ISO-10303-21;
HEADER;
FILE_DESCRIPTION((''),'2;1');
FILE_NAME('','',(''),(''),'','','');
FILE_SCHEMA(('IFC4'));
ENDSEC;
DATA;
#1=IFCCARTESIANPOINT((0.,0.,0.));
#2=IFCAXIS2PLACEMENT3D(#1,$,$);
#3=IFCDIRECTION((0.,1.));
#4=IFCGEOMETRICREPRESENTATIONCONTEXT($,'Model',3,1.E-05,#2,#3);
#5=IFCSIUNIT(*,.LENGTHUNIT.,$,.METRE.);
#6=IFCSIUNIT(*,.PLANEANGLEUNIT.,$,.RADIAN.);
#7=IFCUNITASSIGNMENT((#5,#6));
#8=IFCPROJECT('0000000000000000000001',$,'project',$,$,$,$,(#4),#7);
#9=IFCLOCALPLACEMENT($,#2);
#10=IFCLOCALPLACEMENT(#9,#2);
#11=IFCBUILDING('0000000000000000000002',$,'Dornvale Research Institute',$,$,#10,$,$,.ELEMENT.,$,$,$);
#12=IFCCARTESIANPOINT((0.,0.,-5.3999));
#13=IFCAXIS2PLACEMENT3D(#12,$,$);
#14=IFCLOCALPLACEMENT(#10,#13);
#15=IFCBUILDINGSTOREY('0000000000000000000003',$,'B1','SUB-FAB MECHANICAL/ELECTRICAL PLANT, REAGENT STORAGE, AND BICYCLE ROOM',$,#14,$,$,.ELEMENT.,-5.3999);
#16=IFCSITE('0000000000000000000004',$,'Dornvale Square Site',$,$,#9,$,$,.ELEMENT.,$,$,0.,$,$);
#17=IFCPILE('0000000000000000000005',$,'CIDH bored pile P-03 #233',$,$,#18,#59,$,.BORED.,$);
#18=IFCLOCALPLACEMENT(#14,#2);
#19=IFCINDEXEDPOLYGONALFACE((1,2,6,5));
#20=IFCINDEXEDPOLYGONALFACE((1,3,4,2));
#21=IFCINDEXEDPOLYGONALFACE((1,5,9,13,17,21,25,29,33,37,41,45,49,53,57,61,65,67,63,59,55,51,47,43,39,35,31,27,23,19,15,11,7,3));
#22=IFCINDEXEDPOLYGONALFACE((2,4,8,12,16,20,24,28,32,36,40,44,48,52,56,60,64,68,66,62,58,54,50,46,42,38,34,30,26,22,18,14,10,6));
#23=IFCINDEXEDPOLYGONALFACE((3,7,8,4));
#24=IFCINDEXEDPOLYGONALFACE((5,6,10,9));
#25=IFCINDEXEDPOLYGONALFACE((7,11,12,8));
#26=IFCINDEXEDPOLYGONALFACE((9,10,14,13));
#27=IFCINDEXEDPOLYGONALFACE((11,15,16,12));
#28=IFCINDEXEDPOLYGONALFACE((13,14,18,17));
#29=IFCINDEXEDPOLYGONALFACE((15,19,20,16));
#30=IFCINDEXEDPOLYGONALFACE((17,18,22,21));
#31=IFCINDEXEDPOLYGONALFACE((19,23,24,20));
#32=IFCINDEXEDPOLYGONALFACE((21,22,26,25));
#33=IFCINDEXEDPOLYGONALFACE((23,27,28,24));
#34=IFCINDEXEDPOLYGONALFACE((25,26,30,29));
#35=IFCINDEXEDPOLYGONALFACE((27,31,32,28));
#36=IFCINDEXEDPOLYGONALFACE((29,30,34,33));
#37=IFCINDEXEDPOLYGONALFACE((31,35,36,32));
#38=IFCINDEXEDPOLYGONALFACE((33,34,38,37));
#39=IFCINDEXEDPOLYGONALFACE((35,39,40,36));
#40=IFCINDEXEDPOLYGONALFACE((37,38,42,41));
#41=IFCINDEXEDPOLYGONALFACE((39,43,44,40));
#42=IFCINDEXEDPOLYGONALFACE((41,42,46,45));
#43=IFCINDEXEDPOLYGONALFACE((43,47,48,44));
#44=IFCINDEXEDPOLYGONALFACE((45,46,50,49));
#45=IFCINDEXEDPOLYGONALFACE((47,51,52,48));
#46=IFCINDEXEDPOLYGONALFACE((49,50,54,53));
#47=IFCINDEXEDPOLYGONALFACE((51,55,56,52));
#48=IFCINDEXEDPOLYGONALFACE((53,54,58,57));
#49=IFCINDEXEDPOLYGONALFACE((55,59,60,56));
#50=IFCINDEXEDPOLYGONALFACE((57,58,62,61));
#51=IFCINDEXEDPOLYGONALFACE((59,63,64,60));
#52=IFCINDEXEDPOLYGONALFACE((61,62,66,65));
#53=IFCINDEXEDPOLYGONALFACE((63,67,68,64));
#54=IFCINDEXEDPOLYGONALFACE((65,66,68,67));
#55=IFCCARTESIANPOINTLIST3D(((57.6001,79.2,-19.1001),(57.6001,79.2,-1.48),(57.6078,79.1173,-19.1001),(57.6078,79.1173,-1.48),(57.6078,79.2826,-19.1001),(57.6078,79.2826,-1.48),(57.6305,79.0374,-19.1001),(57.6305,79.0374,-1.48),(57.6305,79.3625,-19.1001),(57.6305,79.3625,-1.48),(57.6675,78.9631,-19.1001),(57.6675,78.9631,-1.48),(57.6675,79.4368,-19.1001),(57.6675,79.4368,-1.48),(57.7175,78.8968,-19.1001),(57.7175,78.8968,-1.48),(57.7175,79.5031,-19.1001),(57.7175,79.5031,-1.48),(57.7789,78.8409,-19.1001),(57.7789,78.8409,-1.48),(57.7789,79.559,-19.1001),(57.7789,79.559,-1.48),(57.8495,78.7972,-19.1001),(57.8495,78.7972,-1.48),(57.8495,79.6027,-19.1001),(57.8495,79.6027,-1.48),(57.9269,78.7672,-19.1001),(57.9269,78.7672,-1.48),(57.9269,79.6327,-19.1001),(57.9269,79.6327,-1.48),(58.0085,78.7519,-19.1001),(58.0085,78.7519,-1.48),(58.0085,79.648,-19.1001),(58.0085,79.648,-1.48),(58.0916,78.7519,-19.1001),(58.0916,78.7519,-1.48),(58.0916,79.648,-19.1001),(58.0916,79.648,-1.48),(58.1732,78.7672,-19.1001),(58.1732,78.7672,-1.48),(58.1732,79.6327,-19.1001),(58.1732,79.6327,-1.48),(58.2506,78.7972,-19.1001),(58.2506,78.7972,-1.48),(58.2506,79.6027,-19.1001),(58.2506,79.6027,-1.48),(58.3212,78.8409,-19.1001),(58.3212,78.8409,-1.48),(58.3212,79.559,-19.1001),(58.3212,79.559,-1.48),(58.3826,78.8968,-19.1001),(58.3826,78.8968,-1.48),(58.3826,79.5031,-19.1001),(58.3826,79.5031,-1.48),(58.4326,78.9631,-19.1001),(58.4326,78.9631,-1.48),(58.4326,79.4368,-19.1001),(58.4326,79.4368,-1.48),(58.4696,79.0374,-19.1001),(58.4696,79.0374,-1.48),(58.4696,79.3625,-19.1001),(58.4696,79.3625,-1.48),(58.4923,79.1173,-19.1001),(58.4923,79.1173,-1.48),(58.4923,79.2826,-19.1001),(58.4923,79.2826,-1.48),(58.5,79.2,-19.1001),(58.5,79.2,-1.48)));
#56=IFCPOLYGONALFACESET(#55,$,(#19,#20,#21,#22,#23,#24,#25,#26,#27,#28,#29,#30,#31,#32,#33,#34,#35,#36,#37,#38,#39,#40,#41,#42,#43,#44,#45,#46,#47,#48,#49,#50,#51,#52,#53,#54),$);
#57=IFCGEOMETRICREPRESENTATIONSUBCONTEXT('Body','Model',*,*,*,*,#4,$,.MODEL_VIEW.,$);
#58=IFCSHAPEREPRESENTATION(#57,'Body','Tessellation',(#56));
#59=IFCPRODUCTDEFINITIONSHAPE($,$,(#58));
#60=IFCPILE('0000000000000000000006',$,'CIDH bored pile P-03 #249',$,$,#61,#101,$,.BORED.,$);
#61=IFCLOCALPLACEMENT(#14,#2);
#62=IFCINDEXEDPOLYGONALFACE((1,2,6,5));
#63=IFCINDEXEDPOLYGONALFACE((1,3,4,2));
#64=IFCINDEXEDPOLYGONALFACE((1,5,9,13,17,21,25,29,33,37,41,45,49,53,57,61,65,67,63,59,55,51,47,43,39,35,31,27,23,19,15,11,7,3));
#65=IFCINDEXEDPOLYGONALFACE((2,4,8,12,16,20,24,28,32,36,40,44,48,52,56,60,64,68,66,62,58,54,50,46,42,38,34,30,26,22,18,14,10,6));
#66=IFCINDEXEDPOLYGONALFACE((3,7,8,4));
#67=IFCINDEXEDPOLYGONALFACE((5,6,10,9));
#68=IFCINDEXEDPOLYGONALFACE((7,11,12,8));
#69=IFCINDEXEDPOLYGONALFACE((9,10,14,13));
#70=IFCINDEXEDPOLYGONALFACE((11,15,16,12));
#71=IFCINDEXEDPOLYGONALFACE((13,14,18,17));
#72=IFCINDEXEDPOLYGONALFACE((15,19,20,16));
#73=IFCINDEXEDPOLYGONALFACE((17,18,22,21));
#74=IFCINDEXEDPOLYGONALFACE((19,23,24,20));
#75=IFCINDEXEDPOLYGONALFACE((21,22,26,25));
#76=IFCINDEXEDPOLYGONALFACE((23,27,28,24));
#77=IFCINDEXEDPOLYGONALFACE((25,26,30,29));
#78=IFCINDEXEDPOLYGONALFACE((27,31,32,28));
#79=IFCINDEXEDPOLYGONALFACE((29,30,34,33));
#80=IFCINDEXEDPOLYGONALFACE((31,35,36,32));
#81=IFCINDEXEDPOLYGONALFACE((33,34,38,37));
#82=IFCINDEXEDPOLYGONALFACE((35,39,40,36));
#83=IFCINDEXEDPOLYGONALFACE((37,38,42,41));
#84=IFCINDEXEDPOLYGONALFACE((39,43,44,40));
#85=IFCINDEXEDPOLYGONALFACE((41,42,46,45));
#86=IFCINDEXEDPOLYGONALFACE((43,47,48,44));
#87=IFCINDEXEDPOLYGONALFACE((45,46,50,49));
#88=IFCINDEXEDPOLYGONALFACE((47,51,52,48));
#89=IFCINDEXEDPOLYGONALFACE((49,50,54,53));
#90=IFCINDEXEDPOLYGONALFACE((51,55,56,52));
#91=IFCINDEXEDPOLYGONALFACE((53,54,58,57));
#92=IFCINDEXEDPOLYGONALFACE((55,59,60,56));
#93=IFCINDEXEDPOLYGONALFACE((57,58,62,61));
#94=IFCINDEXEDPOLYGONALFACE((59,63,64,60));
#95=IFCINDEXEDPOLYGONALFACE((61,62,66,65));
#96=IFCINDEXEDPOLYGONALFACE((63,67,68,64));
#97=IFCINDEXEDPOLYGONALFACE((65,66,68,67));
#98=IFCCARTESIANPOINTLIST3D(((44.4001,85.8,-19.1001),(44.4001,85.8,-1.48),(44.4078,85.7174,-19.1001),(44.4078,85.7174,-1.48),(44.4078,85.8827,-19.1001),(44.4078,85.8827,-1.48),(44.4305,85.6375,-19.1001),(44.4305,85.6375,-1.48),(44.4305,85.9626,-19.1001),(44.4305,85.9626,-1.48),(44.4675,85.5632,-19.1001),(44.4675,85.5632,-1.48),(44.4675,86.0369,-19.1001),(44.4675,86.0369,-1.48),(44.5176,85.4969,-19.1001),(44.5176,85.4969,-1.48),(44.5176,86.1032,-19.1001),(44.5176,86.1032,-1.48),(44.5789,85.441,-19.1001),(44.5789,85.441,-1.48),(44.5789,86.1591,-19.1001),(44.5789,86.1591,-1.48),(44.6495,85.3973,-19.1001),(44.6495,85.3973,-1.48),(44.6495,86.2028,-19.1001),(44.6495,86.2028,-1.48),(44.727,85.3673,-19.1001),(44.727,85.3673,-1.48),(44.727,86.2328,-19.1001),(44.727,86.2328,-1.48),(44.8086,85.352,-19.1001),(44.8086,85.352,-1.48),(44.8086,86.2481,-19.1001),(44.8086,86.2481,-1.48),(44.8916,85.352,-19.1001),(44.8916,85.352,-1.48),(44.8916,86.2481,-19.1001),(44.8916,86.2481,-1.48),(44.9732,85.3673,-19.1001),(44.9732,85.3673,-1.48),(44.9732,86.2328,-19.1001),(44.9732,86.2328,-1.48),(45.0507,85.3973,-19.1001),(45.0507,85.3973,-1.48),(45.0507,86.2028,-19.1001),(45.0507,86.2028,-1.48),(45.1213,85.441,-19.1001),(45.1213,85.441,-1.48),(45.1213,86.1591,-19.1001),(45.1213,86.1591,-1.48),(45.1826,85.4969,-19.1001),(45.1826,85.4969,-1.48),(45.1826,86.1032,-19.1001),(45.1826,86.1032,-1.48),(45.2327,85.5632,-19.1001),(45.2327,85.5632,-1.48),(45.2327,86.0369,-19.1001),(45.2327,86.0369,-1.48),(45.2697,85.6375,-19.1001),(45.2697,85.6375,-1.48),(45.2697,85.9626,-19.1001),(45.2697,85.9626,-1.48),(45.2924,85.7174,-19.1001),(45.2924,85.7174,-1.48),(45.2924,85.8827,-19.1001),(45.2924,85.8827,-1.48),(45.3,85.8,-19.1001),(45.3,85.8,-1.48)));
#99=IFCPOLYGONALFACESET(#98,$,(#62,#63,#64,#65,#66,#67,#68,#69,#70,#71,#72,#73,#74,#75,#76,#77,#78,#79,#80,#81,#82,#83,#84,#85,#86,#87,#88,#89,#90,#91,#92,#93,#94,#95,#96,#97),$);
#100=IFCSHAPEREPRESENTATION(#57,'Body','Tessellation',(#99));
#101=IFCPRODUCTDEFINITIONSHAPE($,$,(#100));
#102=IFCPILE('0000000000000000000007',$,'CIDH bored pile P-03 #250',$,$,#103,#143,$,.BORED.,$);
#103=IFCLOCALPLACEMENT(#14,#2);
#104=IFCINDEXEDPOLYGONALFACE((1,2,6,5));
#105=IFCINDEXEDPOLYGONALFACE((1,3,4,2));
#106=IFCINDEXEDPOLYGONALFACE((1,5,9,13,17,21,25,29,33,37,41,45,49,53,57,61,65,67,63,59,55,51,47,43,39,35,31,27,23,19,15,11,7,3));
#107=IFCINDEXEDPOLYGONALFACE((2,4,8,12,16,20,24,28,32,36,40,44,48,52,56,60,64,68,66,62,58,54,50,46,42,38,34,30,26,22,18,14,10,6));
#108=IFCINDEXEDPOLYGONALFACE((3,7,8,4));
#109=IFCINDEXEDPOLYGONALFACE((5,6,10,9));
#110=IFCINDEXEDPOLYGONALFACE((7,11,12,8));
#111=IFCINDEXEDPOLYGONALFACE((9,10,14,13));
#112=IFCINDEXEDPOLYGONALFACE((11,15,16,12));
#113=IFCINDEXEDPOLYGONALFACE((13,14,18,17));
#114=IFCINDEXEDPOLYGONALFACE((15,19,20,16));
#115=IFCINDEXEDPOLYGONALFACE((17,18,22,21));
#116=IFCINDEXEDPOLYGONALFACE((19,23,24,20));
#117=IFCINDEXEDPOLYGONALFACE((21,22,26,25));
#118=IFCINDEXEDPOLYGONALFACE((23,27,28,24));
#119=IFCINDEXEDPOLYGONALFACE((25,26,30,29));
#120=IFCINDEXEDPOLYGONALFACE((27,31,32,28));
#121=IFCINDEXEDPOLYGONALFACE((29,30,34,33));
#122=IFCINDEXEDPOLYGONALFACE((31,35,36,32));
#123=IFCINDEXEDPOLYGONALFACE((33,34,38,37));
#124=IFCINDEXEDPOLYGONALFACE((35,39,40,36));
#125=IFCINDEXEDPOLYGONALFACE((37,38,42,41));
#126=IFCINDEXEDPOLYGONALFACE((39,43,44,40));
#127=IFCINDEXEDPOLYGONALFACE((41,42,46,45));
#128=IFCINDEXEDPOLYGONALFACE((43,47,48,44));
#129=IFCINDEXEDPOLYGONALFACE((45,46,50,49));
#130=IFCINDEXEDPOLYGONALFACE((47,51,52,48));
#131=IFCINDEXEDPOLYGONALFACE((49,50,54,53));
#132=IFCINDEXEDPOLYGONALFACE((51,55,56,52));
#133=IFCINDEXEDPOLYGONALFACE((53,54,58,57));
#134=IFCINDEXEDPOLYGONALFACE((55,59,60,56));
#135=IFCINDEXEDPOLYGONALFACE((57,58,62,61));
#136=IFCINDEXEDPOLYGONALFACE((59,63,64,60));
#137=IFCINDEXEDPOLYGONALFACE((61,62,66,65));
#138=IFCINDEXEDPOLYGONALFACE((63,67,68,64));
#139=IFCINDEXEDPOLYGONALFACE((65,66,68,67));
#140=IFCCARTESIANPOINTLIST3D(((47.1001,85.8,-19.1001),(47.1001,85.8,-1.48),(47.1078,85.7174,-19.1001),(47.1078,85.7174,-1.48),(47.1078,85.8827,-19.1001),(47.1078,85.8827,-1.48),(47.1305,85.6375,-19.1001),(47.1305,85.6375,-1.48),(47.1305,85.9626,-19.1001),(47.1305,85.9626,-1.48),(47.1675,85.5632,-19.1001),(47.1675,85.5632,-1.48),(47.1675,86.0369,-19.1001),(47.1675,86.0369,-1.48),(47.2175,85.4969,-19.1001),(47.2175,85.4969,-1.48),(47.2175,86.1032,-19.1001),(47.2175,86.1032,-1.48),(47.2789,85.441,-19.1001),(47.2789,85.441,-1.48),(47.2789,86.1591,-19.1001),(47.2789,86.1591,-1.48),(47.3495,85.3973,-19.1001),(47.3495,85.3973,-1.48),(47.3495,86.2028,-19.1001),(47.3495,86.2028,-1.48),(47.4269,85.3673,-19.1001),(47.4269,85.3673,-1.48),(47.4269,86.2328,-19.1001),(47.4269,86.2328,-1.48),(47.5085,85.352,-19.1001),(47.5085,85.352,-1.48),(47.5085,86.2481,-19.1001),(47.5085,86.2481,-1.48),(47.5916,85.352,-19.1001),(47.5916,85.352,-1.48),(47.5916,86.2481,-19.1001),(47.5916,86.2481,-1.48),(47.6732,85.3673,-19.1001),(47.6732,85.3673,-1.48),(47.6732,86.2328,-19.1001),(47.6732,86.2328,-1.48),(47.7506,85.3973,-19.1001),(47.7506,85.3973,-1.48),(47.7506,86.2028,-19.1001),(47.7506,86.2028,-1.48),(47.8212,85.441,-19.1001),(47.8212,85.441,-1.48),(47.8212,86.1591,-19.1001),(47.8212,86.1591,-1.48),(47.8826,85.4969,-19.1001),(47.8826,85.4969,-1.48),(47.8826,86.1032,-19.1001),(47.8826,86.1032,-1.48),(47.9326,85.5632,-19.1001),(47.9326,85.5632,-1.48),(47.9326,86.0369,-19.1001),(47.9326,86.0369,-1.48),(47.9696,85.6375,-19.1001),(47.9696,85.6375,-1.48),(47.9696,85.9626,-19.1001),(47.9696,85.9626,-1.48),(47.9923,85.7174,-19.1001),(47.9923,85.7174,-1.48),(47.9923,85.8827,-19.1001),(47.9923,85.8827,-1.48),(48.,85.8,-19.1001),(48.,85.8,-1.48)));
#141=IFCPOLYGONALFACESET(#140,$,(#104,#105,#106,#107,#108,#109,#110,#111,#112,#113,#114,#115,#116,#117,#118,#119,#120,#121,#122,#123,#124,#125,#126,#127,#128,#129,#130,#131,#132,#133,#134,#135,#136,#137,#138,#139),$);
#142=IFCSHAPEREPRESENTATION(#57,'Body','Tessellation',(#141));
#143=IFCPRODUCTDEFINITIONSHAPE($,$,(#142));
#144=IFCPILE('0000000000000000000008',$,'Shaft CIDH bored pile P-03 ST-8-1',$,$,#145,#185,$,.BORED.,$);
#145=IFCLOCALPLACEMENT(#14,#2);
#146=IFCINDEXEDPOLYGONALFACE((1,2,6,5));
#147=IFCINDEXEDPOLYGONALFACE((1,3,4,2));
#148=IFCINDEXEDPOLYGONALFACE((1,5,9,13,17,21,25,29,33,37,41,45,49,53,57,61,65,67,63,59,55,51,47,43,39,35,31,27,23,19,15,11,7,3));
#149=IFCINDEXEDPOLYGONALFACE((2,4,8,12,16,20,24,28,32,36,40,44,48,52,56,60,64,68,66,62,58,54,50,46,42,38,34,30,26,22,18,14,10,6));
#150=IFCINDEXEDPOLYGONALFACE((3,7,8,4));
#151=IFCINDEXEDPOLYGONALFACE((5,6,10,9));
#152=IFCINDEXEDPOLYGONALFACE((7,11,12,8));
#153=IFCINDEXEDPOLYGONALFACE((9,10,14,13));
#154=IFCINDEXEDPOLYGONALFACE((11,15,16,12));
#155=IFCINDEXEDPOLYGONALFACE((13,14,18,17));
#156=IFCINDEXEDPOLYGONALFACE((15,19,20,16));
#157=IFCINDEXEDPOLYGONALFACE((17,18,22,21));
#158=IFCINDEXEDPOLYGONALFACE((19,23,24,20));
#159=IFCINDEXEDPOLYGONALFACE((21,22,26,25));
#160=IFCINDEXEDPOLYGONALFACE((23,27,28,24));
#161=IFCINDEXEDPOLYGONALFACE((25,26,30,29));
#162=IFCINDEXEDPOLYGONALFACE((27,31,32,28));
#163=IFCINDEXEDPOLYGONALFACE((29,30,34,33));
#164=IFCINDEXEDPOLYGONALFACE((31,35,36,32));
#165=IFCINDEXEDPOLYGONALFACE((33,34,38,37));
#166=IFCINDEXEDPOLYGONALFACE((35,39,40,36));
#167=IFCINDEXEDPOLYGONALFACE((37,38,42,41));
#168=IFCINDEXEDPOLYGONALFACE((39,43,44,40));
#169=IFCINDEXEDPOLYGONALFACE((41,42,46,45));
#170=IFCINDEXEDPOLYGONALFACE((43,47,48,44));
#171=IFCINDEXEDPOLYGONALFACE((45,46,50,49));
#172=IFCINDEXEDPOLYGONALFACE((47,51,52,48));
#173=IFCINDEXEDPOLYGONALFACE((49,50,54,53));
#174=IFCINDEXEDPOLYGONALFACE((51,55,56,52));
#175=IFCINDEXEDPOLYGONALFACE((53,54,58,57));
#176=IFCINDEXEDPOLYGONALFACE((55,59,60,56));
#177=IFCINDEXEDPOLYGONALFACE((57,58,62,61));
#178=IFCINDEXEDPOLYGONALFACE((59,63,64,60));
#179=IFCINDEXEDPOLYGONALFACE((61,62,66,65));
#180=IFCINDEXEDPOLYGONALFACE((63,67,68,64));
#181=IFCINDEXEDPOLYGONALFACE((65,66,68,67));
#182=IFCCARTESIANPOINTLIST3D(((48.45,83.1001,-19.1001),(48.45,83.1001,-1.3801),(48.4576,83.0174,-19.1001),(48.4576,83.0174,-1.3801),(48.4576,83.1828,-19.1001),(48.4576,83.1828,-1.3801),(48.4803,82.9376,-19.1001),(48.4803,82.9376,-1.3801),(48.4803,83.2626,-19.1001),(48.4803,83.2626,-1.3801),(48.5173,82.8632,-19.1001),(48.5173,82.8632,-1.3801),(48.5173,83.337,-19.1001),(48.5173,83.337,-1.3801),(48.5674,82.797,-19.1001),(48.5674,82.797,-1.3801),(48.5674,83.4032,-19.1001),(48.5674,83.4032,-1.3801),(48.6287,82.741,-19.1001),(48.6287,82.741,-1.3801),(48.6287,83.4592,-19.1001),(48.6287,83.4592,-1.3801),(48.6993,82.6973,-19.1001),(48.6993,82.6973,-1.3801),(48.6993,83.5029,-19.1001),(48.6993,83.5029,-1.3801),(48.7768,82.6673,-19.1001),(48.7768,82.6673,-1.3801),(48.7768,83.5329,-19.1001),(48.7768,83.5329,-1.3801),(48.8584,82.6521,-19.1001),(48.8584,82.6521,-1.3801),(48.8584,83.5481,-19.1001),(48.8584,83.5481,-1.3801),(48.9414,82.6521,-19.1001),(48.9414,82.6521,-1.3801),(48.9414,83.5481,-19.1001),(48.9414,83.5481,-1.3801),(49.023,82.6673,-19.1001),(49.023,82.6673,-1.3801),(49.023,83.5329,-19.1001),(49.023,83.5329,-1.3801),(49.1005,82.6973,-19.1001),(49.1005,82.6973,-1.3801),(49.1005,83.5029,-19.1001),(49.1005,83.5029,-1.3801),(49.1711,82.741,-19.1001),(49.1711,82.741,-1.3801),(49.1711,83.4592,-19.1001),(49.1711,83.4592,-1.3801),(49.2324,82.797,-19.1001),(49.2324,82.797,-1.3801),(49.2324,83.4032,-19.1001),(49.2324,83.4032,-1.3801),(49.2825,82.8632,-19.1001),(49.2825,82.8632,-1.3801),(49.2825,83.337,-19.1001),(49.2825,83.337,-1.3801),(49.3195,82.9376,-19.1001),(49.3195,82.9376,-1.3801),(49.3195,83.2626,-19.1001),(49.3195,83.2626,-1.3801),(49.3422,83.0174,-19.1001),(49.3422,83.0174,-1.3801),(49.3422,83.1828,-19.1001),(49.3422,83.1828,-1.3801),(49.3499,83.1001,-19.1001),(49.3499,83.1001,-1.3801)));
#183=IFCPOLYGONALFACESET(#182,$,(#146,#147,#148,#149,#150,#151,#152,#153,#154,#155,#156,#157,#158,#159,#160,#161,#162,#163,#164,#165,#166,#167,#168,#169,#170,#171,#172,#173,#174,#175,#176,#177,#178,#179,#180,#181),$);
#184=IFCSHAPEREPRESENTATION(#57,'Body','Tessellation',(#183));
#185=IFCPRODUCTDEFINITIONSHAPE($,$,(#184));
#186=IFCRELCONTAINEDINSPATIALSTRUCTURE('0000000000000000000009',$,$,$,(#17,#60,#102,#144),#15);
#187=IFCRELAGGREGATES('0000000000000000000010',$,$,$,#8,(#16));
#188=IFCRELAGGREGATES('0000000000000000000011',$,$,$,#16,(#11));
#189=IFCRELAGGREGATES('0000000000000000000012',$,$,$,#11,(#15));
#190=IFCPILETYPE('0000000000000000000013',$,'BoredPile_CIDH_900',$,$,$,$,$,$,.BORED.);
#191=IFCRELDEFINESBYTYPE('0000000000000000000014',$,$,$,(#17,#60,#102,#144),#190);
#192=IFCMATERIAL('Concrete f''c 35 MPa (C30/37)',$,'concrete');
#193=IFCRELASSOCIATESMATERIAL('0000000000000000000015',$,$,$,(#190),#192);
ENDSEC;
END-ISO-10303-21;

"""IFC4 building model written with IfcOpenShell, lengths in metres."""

from ifc_helpers import new_model, si_unit, direction, frame, origin, origin_2d, place, context, subcontext, project, spatial, circle, extrude, material, material_profile, profile_set, type_object, element, save


model = new_model("IFC4")

# Units and contexts
model_context = context("Model", 3, precision=1e-05, world=origin(), true_north=direction((0.0, 1.0)))
body_context = subcontext(model_context, "Body", "Model", "MODEL_VIEW")
ifc_project = project(units=[si_unit("LENGTHUNIT", "METRE"), si_unit("PLANEANGLEUNIT", "RADIAN")], contexts=[model_context])

# Site, building, storey
site_placement = place(None, origin())
site = spatial("IfcSite", under=ifc_project, at=site_placement, Name="Dornvale Square Site", CompositionType="ELEMENT", RefElevation=0.0)
building_placement = place(site_placement, origin())
building = spatial("IfcBuilding", under=site, at=building_placement, Name="Dornvale Research Institute", CompositionType="ELEMENT")
storey_placement = place(building_placement, frame((0.0, 0.0, -5.3999)))
storey = spatial("IfcBuildingStorey", under=building, at=storey_placement, Name="B1", Description="SUB-FAB MECHANICAL/ELECTRICAL PLANT, REAGENT STORAGE, AND BICYCLE ROOM", CompositionType="ELEMENT", Elevation=-5.3999)

# Piles
ifc_material_1 = material(Name="Concrete f'c 35 MPa (C30/37)", Category="concrete")
ifc_material_profile_1 = material_profile(ifc_material_1, circle(Radius=0.45, at=origin_2d()), Name="CIDH PILE D900")
ifc_profile_set_1 = profile_set([ifc_material_profile_1], Name="Concrete f'c 35 MPa (C30/37)")
pile_type_1 = type_object("IfcPileType", Name="BoredPile_CIDH_900", PredefinedType="BORED", material=ifc_profile_set_1)
for number, where, z_axis, x_axis, name in (
    (1, (58.05, 79.2, -1.48), (0.0, 0.0, -1.0), (1.0, 0.0, 0.0), "CIDH bored pile P-03 #233"),
    (2, (44.8501, 85.8, -1.48), (0.0, 0.0, -1.0), (1.0, 0.0, 0.0), "CIDH bored pile P-03 #249"),
    (3, (47.55, 85.8, -1.48), (0.0, 0.0, -1.0), (1.0, 0.0, 0.0), "CIDH bored pile P-03 #250"),
):
    element("IfcPile", number, at=place(storey_placement, frame(where, z_axis=z_axis, x_axis=x_axis)), inside=storey, type_object=pile_type_1, Name=name, PredefinedType="BORED", context=body_context, shape_type="SweptSolid", body=[
        extrude(circle(Radius=0.45, at=origin_2d()), origin(), (0.0, 0.0, 1.0), 17.6201),
    ])
for number, where, z_axis, x_axis, name in (
    (4, (48.8999, 83.1001, -1.3801), (0.0, 0.0, -1.0), (1.0, 0.0, 0.0), "Shaft CIDH bored pile P-03 ST-8-1"),
):
    element("IfcPile", number, at=place(storey_placement, frame(where, z_axis=z_axis, x_axis=x_axis)), inside=storey, type_object=pile_type_1, Name=name, PredefinedType="BORED", context=body_context, shape_type="SweptSolid", body=[
        extrude(circle(Radius=0.45, at=origin_2d()), origin(), (0.0, 0.0, 1.0), 17.72),
    ])

save(model, "model.ifc")
